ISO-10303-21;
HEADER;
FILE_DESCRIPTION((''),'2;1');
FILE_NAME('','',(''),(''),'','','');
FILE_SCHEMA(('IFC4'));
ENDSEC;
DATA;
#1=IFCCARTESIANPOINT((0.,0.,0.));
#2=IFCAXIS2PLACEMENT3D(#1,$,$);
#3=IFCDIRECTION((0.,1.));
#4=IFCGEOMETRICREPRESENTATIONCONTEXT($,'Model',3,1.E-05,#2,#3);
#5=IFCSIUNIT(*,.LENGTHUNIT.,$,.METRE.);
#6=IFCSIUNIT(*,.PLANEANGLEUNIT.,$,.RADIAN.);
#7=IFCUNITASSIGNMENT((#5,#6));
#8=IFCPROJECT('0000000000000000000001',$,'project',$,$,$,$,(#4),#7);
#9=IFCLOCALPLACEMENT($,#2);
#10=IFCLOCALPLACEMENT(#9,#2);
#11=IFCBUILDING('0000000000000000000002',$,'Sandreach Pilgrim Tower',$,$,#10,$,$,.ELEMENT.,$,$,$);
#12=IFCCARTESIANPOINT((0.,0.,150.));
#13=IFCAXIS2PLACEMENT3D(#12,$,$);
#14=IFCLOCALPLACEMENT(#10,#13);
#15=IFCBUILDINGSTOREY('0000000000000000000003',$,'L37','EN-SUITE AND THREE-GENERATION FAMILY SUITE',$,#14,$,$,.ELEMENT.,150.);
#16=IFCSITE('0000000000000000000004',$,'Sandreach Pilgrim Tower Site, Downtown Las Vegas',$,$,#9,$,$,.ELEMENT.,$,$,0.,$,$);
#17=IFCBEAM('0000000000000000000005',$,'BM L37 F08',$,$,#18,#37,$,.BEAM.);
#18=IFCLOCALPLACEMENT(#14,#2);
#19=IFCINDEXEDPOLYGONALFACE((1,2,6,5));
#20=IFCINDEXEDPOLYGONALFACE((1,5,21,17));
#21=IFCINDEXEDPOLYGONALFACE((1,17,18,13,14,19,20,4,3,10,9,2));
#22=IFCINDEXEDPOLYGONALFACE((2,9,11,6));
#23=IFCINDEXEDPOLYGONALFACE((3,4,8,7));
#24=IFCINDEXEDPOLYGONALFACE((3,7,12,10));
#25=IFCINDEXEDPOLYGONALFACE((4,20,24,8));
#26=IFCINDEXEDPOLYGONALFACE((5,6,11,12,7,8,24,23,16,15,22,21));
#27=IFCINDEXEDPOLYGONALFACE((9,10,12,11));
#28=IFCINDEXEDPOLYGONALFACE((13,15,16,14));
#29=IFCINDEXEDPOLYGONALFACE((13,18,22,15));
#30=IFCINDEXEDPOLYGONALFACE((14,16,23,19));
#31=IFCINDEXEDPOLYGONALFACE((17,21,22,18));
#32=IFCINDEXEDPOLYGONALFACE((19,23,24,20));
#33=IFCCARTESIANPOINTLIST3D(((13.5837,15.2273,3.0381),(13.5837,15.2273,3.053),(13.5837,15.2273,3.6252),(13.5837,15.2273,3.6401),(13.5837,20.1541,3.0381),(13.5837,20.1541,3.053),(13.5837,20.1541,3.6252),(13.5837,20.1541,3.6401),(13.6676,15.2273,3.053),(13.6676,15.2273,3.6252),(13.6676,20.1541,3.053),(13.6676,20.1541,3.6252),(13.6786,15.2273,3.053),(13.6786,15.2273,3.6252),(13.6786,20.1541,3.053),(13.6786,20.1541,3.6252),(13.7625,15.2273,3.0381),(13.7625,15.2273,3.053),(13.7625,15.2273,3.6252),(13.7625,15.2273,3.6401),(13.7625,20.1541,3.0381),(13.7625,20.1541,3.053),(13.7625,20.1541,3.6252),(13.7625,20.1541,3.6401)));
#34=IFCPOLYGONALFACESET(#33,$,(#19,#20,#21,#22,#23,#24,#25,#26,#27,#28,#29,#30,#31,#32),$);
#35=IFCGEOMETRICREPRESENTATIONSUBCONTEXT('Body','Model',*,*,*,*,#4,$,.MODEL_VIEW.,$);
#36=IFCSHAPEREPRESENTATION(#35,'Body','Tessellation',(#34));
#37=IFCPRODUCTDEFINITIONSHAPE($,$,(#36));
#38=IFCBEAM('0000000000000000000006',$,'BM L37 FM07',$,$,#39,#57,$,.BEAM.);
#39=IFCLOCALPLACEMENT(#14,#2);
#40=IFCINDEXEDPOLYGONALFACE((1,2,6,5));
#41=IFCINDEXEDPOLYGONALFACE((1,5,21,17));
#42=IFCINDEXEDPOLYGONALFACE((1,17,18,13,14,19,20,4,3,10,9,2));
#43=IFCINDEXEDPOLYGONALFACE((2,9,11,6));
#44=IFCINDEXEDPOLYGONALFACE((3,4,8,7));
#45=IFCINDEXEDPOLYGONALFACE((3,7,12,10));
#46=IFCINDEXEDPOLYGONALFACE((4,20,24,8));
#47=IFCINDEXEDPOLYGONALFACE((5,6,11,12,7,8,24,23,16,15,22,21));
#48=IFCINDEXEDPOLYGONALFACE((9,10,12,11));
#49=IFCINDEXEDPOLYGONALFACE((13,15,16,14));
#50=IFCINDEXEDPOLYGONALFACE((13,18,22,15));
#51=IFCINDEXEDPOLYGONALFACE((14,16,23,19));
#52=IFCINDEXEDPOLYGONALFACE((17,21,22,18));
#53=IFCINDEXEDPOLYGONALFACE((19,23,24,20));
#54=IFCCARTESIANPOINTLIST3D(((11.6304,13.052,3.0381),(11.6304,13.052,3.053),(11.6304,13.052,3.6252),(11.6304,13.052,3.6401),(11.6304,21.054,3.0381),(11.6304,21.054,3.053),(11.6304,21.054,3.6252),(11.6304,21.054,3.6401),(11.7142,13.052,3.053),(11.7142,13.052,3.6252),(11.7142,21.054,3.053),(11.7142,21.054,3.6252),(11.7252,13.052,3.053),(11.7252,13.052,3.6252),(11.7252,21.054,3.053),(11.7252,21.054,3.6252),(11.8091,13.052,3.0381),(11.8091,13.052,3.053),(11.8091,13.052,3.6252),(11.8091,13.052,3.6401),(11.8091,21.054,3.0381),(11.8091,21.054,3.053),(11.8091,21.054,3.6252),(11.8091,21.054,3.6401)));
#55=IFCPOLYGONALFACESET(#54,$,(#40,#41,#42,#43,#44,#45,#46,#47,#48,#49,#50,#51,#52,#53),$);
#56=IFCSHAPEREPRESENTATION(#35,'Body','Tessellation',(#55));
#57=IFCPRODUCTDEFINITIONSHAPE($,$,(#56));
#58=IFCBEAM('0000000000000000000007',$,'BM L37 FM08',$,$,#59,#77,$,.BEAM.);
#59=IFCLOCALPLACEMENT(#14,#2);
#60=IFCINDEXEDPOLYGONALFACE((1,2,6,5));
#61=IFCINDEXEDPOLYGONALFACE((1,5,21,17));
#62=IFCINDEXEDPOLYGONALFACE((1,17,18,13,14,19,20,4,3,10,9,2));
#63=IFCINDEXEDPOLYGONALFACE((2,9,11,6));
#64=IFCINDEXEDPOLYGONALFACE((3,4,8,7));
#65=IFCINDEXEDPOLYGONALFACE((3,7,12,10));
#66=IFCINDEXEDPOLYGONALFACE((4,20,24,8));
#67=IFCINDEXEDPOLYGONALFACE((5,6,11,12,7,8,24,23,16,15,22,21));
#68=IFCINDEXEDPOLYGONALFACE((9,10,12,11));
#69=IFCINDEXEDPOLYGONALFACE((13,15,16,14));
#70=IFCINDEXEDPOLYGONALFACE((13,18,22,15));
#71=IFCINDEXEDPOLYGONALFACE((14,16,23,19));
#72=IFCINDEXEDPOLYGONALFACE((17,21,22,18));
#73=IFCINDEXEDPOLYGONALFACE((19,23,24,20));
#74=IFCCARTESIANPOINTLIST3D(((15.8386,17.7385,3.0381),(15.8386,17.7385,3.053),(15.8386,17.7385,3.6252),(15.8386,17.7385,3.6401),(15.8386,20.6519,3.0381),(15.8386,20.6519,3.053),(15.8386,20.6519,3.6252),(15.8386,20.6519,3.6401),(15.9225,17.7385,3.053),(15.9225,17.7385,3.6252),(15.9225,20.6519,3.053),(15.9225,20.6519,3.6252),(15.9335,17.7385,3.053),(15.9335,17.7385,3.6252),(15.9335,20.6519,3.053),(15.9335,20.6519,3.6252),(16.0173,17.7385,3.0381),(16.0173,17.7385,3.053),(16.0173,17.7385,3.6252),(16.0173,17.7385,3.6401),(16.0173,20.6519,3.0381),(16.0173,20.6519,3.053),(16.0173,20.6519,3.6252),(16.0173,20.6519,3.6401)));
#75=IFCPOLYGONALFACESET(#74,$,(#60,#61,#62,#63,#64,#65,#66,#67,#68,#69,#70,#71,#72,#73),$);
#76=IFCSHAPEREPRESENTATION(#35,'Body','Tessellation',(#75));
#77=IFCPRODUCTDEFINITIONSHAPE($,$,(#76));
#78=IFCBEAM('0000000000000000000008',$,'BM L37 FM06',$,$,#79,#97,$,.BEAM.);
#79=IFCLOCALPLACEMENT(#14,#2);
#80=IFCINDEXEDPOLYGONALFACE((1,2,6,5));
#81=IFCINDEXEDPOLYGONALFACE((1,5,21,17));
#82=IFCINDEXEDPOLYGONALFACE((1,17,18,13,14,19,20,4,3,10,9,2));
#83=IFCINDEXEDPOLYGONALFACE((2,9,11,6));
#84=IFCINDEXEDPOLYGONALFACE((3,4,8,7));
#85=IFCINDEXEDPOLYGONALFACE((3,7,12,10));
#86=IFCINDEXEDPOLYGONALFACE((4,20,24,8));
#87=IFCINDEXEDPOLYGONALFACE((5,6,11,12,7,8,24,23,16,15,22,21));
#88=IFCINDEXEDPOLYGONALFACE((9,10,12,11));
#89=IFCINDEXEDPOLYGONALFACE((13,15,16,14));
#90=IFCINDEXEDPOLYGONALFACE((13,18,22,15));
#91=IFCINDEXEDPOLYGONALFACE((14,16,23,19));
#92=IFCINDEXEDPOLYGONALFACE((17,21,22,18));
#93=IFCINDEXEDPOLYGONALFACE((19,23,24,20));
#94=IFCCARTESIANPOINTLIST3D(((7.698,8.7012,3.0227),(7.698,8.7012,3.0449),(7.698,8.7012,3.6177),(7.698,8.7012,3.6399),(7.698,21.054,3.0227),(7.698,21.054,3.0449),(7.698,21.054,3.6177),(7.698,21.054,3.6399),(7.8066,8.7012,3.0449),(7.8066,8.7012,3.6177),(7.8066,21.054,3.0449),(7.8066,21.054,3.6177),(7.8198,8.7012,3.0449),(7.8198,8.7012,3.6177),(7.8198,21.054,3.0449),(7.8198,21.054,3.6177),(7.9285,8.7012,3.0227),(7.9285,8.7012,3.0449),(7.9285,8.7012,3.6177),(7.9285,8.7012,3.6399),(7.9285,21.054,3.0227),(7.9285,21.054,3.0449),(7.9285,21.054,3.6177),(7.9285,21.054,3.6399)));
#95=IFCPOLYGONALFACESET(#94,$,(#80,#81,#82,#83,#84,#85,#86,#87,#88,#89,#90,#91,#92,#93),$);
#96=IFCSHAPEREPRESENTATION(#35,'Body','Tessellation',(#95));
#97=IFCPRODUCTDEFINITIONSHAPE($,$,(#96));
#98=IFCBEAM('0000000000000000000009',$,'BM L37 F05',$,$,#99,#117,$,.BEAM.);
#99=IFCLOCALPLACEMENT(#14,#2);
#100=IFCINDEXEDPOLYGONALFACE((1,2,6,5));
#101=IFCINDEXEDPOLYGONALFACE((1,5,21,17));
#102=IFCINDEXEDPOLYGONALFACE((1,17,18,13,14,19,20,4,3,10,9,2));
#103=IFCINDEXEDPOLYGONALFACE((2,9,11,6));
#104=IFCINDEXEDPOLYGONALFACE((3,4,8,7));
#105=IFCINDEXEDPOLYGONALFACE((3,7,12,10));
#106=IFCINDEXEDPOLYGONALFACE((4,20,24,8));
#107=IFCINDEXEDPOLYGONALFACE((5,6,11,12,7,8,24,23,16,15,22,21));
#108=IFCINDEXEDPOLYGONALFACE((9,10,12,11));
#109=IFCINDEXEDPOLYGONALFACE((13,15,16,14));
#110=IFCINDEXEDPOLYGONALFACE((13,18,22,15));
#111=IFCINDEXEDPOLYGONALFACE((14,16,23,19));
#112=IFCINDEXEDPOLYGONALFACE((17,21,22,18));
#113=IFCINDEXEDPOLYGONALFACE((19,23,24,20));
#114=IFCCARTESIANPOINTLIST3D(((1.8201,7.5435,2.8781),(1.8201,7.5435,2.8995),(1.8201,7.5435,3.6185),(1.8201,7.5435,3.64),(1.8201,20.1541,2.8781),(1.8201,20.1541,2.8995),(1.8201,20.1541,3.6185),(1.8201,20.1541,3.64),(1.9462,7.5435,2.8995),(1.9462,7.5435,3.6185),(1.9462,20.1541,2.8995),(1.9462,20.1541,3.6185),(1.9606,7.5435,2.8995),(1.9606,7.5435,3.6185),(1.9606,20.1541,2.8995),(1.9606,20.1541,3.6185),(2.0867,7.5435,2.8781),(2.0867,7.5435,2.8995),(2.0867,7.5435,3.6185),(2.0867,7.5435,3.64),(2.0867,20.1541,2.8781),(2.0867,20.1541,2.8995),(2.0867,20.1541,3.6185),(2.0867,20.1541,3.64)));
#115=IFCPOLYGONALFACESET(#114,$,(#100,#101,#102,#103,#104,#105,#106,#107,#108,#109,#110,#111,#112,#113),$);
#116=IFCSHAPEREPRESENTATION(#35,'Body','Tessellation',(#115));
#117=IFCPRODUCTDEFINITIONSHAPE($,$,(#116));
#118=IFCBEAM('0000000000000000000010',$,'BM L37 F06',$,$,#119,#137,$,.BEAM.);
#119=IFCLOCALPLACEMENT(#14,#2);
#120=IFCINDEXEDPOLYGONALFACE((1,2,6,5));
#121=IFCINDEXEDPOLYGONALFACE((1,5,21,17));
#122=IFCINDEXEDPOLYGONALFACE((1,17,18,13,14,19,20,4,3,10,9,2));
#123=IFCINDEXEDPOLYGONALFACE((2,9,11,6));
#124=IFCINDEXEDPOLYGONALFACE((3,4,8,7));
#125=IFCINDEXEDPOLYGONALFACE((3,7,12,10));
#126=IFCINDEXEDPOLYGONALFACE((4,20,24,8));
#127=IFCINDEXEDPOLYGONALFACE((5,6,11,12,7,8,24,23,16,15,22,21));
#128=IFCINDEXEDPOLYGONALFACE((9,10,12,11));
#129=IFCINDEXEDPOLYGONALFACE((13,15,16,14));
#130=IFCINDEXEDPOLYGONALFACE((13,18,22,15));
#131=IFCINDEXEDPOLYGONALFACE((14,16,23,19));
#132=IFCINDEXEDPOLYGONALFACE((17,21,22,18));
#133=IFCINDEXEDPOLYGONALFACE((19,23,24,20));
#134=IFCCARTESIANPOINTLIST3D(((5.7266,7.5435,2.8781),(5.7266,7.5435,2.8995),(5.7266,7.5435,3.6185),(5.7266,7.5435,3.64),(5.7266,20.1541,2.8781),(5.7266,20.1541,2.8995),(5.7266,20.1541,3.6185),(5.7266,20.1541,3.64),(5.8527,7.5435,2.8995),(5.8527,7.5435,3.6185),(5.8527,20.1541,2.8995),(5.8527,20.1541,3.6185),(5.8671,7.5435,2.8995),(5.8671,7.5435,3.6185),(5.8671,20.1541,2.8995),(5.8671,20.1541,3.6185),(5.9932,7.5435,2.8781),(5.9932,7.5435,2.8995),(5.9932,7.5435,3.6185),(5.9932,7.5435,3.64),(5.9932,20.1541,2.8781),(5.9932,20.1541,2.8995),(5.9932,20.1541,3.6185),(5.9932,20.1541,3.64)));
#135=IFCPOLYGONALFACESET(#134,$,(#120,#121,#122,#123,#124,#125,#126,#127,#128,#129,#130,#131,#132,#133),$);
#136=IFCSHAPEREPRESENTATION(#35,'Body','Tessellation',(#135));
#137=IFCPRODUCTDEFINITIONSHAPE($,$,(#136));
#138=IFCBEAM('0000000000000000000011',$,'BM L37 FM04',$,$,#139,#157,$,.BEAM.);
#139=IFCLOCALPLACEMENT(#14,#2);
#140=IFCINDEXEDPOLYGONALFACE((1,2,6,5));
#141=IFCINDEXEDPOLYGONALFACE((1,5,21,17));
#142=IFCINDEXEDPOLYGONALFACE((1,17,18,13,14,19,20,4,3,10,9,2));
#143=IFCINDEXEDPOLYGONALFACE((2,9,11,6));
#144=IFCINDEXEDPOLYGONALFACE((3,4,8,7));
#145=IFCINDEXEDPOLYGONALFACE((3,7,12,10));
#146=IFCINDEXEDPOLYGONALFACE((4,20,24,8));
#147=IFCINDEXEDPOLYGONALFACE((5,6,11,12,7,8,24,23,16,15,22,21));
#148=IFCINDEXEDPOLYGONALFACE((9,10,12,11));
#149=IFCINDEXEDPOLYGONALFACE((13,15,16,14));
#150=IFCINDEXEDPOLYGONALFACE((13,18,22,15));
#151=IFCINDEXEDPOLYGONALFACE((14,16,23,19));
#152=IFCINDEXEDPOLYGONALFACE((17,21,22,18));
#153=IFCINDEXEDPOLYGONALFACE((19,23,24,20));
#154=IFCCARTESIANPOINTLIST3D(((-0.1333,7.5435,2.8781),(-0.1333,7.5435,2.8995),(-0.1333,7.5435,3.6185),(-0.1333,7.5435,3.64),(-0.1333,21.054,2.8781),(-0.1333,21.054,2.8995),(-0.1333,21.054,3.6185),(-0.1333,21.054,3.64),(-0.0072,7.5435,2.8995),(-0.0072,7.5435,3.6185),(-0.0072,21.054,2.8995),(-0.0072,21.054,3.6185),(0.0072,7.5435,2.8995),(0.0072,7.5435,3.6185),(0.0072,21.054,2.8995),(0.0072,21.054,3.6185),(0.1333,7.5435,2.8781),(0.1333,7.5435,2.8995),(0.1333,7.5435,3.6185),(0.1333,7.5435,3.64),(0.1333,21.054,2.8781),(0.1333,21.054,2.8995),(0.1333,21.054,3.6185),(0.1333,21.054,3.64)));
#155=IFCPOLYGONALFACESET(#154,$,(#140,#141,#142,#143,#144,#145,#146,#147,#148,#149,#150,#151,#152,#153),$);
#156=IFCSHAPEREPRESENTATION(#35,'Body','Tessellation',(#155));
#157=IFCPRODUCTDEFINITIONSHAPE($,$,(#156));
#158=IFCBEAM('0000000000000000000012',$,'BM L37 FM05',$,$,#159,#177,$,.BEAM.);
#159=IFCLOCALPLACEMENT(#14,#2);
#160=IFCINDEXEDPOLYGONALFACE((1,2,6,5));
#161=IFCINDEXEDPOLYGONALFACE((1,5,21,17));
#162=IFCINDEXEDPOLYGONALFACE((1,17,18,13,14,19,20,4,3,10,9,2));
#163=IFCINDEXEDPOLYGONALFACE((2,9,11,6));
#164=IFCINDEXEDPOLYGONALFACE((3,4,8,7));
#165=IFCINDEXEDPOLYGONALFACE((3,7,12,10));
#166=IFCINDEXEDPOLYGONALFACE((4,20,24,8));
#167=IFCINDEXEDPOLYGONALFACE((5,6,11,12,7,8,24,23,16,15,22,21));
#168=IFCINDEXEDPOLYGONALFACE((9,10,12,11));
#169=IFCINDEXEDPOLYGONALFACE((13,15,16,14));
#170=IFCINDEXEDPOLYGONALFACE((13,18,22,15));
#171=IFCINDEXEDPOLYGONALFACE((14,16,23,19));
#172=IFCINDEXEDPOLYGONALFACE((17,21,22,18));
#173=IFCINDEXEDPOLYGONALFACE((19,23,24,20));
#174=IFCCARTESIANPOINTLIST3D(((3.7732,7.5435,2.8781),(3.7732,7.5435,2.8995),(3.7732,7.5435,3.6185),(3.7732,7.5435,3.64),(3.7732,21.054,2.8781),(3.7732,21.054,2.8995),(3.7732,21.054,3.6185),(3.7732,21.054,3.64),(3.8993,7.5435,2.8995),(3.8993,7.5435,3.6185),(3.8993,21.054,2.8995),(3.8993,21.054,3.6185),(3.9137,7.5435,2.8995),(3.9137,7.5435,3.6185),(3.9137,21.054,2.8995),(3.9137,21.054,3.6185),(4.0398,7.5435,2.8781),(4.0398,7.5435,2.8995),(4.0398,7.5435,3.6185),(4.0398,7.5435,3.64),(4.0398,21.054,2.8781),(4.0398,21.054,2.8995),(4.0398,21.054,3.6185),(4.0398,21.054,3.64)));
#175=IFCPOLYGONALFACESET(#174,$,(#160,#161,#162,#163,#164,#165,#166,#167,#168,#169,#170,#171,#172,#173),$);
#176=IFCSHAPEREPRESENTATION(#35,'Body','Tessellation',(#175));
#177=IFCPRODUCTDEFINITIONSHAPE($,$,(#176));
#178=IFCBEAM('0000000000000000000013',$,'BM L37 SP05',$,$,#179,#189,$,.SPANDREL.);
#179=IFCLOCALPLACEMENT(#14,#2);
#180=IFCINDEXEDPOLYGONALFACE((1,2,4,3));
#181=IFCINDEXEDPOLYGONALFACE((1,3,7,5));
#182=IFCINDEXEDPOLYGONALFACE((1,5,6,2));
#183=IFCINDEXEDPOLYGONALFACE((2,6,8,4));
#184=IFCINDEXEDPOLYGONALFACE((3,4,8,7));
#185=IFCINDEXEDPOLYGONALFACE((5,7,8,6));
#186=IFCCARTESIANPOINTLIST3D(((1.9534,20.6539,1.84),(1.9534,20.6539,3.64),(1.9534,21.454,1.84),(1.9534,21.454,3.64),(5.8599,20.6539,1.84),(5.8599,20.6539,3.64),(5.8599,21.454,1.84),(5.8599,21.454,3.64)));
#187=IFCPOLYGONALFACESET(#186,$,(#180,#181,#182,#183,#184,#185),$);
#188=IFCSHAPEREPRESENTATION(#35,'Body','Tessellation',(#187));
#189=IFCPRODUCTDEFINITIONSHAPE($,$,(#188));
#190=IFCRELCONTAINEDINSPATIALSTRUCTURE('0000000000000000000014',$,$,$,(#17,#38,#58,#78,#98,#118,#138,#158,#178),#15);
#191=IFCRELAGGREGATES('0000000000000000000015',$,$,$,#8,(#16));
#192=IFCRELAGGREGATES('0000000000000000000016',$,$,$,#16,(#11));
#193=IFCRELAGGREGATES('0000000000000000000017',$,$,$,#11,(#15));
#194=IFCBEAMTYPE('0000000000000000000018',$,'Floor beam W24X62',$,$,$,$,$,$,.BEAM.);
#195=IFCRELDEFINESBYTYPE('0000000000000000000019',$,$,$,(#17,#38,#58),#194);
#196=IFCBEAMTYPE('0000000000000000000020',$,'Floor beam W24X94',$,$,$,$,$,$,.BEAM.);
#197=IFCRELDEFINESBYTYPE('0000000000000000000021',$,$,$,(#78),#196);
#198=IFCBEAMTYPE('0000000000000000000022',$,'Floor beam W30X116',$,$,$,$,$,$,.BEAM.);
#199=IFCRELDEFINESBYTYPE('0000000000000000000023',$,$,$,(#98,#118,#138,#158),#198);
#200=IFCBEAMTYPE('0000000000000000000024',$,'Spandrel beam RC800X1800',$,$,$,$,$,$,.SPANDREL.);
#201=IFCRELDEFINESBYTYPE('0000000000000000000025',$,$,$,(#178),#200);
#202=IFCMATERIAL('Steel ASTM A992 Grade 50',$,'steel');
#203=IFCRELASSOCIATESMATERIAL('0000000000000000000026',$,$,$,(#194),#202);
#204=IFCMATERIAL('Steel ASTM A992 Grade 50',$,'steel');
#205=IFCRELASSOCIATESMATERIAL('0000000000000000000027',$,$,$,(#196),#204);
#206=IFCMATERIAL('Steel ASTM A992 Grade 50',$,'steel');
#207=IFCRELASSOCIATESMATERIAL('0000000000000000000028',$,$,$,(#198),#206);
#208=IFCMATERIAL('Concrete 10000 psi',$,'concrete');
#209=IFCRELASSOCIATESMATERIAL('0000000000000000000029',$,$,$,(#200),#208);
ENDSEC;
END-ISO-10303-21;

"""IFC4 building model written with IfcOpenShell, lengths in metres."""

from ifc_helpers import new_model, si_unit, direction, frame, origin, origin_2d, place, context, subcontext, project, spatial, rectangle, i_section, extrude, material, material_profile, profile_set, type_object, element, save


model = new_model("IFC4")

# Units and contexts
model_context = context("Model", 3, precision=1e-05, world=origin(), true_north=direction((0.0, 1.0)))
body_context = subcontext(model_context, "Body", "Model", "MODEL_VIEW")
ifc_project = project(units=[si_unit("LENGTHUNIT", "METRE"), si_unit("PLANEANGLEUNIT", "RADIAN")], contexts=[model_context])

# Site, building, storey
site_placement = place(None, origin())
site = spatial("IfcSite", under=ifc_project, at=site_placement, Name="Sandreach Pilgrim Tower Site, Downtown Las Vegas", CompositionType="ELEMENT", RefElevation=0.0)
building_placement = place(site_placement, origin())
building = spatial("IfcBuilding", under=site, at=building_placement, Name="Sandreach Pilgrim Tower", CompositionType="ELEMENT")
storey_placement = place(building_placement, frame((0.0, 0.0, 150.0)))
storey = spatial("IfcBuildingStorey", under=building, at=storey_placement, Name="L37", Description="EN-SUITE AND THREE-GENERATION FAMILY SUITE", CompositionType="ELEMENT", Elevation=150.0)

# Beams
ifc_material_1 = material(Name="Steel ASTM A992 Grade 50", Category="steel")
ifc_material_profile_1 = material_profile(ifc_material_1, i_section(OverallWidth=0.1787, OverallDepth=0.6021, WebThickness=0.011, FlangeThickness=0.0149, at=origin_2d()), Name="W24X62")
ifc_profile_set_1 = profile_set([ifc_material_profile_1], Name="Steel ASTM A992 Grade 50")
beam_type_1 = type_object("IfcBeamType", Name="Floor beam W24X62", PredefinedType="BEAM", material=ifc_profile_set_1)
beam_1_placement = place(storey_placement, frame((13.6731, 20.1541, 3.3391), z_axis=(0.0, -1.0, 0.0), x_axis=(1.0, 0.0, 0.0)))
element("IfcBeam", 1, at=beam_1_placement, inside=storey, type_object=beam_type_1, Name="BM L37 F08", PredefinedType="BEAM", context=body_context, shape_type="SweptSolid", body=[
    extrude(i_section(OverallWidth=0.1787, OverallDepth=0.6021, WebThickness=0.011, FlangeThickness=0.0149, at=origin_2d()), origin(), (0.0, 0.0, 1.0), 4.9268),
])
beam_2_placement = place(storey_placement, frame((11.7197, 21.054, 3.3391), z_axis=(0.0, -1.0, 0.0), x_axis=(1.0, 0.0, 0.0)))
element("IfcBeam", 2, at=beam_2_placement, inside=storey, type_object=beam_type_1, Name="BM L37 FM07", PredefinedType="BEAM", context=body_context, shape_type="SweptSolid", body=[
    extrude(i_section(OverallWidth=0.1787, OverallDepth=0.6021, WebThickness=0.011, FlangeThickness=0.0149, at=origin_2d()), origin(), (0.0, 0.0, 1.0), 8.002),
])
beam_3_placement = place(storey_placement, frame((15.928, 20.6519, 3.3391), z_axis=(0.0, -1.0, 0.0), x_axis=(1.0, 0.0, 0.0)))
element("IfcBeam", 3, at=beam_3_placement, inside=storey, type_object=beam_type_1, Name="BM L37 FM08", PredefinedType="BEAM", context=body_context, shape_type="SweptSolid", body=[
    extrude(i_section(OverallWidth=0.1787, OverallDepth=0.6021, WebThickness=0.011, FlangeThickness=0.0149, at=origin_2d()), origin(), (0.0, 0.0, 1.0), 2.9133),
])
ifc_material_2 = material(Name="Steel ASTM A992 Grade 50", Category="steel")
ifc_material_profile_2 = material_profile(ifc_material_2, i_section(OverallWidth=0.2305, OverallDepth=0.6172, WebThickness=0.0132, FlangeThickness=0.0222, at=origin_2d()), Name="W24X94")
ifc_profile_set_2 = profile_set([ifc_material_profile_2], Name="Steel ASTM A992 Grade 50")
beam_type_2 = type_object("IfcBeamType", Name="Floor beam W24X94", PredefinedType="BEAM", material=ifc_profile_set_2)
beam_4_placement = place(storey_placement, frame((7.8132, 21.054, 3.3313), z_axis=(0.0, -1.0, 0.0), x_axis=(1.0, 0.0, 0.0)))
element("IfcBeam", 4, at=beam_4_placement, inside=storey, type_object=beam_type_2, Name="BM L37 FM06", PredefinedType="BEAM", context=body_context, shape_type="SweptSolid", body=[
    extrude(i_section(OverallWidth=0.2305, OverallDepth=0.6172, WebThickness=0.0132, FlangeThickness=0.0222, at=origin_2d()), origin(), (0.0, 0.0, 1.0), 12.3528),
])
ifc_material_3 = material(Name="Steel ASTM A992 Grade 50", Category="steel")
ifc_material_profile_3 = material_profile(ifc_material_3, i_section(OverallWidth=0.2666, OverallDepth=0.762, WebThickness=0.0144, FlangeThickness=0.0215, at=origin_2d()), Name="W30X116")
ifc_profile_set_3 = profile_set([ifc_material_profile_3], Name="Steel ASTM A992 Grade 50")
beam_type_3 = type_object("IfcBeamType", Name="Floor beam W30X116", PredefinedType="BEAM", material=ifc_profile_set_3)
for number, where, z_axis, x_axis, name in (
    (5, (1.9534, 20.1541, 3.259), (0.0, -1.0, 0.0), (1.0, 0.0, 0.0), "BM L37 F05"),
    (6, (5.8599, 20.1541, 3.259), (0.0, -1.0, 0.0), (1.0, 0.0, 0.0), "BM L37 F06"),
):
    element("IfcBeam", number, at=place(storey_placement, frame(where, z_axis=z_axis, x_axis=x_axis)), inside=storey, type_object=beam_type_3, Name=name, PredefinedType="BEAM", context=body_context, shape_type="SweptSolid", body=[
        extrude(i_section(OverallWidth=0.2666, OverallDepth=0.762, WebThickness=0.0144, FlangeThickness=0.0215, at=origin_2d()), origin(), (0.0, 0.0, 1.0), 12.6106),
    ])
for number, where, z_axis, x_axis, name in (
    (7, (0.0, 21.054, 3.259), (0.0, -1.0, 0.0), (1.0, 0.0, 0.0), "BM L37 FM04"),
    (8, (3.9065, 21.054, 3.259), (0.0, -1.0, 0.0), (1.0, 0.0, 0.0), "BM L37 FM05"),
):
    element("IfcBeam", number, at=place(storey_placement, frame(where, z_axis=z_axis, x_axis=x_axis)), inside=storey, type_object=beam_type_3, Name=name, PredefinedType="BEAM", context=body_context, shape_type="SweptSolid", body=[
        extrude(i_section(OverallWidth=0.2666, OverallDepth=0.762, WebThickness=0.0144, FlangeThickness=0.0215, at=origin_2d()), origin(), (0.0, 0.0, 1.0), 13.5105),
    ])
ifc_material_4 = material(Name="Concrete 10000 psi", Category="concrete")
ifc_material_profile_4 = material_profile(ifc_material_4, rectangle(XDim=0.8, YDim=1.8, at=origin_2d()), Name="RC800X1800")
ifc_profile_set_4 = profile_set([ifc_material_profile_4], Name="Concrete 10000 psi")
beam_type_4 = type_object("IfcBeamType", Name="Spandrel beam RC800X1800", PredefinedType="SPANDREL", material=ifc_profile_set_4)
beam_5_placement = place(storey_placement, frame((1.9534, 21.054, 2.74), z_axis=(1.0, 0.0, 0.0), x_axis=(0.0, 1.0, 0.0)))
element("IfcBeam", 9, at=beam_5_placement, inside=storey, type_object=beam_type_4, Name="BM L37 SP05", PredefinedType="SPANDREL", context=body_context, shape_type="SweptSolid", body=[
    extrude(rectangle(XDim=0.8, YDim=1.8, at=origin_2d()), origin(), (0.0, 0.0, 1.0), 3.9065),
])

save(model, "model.ifc")
